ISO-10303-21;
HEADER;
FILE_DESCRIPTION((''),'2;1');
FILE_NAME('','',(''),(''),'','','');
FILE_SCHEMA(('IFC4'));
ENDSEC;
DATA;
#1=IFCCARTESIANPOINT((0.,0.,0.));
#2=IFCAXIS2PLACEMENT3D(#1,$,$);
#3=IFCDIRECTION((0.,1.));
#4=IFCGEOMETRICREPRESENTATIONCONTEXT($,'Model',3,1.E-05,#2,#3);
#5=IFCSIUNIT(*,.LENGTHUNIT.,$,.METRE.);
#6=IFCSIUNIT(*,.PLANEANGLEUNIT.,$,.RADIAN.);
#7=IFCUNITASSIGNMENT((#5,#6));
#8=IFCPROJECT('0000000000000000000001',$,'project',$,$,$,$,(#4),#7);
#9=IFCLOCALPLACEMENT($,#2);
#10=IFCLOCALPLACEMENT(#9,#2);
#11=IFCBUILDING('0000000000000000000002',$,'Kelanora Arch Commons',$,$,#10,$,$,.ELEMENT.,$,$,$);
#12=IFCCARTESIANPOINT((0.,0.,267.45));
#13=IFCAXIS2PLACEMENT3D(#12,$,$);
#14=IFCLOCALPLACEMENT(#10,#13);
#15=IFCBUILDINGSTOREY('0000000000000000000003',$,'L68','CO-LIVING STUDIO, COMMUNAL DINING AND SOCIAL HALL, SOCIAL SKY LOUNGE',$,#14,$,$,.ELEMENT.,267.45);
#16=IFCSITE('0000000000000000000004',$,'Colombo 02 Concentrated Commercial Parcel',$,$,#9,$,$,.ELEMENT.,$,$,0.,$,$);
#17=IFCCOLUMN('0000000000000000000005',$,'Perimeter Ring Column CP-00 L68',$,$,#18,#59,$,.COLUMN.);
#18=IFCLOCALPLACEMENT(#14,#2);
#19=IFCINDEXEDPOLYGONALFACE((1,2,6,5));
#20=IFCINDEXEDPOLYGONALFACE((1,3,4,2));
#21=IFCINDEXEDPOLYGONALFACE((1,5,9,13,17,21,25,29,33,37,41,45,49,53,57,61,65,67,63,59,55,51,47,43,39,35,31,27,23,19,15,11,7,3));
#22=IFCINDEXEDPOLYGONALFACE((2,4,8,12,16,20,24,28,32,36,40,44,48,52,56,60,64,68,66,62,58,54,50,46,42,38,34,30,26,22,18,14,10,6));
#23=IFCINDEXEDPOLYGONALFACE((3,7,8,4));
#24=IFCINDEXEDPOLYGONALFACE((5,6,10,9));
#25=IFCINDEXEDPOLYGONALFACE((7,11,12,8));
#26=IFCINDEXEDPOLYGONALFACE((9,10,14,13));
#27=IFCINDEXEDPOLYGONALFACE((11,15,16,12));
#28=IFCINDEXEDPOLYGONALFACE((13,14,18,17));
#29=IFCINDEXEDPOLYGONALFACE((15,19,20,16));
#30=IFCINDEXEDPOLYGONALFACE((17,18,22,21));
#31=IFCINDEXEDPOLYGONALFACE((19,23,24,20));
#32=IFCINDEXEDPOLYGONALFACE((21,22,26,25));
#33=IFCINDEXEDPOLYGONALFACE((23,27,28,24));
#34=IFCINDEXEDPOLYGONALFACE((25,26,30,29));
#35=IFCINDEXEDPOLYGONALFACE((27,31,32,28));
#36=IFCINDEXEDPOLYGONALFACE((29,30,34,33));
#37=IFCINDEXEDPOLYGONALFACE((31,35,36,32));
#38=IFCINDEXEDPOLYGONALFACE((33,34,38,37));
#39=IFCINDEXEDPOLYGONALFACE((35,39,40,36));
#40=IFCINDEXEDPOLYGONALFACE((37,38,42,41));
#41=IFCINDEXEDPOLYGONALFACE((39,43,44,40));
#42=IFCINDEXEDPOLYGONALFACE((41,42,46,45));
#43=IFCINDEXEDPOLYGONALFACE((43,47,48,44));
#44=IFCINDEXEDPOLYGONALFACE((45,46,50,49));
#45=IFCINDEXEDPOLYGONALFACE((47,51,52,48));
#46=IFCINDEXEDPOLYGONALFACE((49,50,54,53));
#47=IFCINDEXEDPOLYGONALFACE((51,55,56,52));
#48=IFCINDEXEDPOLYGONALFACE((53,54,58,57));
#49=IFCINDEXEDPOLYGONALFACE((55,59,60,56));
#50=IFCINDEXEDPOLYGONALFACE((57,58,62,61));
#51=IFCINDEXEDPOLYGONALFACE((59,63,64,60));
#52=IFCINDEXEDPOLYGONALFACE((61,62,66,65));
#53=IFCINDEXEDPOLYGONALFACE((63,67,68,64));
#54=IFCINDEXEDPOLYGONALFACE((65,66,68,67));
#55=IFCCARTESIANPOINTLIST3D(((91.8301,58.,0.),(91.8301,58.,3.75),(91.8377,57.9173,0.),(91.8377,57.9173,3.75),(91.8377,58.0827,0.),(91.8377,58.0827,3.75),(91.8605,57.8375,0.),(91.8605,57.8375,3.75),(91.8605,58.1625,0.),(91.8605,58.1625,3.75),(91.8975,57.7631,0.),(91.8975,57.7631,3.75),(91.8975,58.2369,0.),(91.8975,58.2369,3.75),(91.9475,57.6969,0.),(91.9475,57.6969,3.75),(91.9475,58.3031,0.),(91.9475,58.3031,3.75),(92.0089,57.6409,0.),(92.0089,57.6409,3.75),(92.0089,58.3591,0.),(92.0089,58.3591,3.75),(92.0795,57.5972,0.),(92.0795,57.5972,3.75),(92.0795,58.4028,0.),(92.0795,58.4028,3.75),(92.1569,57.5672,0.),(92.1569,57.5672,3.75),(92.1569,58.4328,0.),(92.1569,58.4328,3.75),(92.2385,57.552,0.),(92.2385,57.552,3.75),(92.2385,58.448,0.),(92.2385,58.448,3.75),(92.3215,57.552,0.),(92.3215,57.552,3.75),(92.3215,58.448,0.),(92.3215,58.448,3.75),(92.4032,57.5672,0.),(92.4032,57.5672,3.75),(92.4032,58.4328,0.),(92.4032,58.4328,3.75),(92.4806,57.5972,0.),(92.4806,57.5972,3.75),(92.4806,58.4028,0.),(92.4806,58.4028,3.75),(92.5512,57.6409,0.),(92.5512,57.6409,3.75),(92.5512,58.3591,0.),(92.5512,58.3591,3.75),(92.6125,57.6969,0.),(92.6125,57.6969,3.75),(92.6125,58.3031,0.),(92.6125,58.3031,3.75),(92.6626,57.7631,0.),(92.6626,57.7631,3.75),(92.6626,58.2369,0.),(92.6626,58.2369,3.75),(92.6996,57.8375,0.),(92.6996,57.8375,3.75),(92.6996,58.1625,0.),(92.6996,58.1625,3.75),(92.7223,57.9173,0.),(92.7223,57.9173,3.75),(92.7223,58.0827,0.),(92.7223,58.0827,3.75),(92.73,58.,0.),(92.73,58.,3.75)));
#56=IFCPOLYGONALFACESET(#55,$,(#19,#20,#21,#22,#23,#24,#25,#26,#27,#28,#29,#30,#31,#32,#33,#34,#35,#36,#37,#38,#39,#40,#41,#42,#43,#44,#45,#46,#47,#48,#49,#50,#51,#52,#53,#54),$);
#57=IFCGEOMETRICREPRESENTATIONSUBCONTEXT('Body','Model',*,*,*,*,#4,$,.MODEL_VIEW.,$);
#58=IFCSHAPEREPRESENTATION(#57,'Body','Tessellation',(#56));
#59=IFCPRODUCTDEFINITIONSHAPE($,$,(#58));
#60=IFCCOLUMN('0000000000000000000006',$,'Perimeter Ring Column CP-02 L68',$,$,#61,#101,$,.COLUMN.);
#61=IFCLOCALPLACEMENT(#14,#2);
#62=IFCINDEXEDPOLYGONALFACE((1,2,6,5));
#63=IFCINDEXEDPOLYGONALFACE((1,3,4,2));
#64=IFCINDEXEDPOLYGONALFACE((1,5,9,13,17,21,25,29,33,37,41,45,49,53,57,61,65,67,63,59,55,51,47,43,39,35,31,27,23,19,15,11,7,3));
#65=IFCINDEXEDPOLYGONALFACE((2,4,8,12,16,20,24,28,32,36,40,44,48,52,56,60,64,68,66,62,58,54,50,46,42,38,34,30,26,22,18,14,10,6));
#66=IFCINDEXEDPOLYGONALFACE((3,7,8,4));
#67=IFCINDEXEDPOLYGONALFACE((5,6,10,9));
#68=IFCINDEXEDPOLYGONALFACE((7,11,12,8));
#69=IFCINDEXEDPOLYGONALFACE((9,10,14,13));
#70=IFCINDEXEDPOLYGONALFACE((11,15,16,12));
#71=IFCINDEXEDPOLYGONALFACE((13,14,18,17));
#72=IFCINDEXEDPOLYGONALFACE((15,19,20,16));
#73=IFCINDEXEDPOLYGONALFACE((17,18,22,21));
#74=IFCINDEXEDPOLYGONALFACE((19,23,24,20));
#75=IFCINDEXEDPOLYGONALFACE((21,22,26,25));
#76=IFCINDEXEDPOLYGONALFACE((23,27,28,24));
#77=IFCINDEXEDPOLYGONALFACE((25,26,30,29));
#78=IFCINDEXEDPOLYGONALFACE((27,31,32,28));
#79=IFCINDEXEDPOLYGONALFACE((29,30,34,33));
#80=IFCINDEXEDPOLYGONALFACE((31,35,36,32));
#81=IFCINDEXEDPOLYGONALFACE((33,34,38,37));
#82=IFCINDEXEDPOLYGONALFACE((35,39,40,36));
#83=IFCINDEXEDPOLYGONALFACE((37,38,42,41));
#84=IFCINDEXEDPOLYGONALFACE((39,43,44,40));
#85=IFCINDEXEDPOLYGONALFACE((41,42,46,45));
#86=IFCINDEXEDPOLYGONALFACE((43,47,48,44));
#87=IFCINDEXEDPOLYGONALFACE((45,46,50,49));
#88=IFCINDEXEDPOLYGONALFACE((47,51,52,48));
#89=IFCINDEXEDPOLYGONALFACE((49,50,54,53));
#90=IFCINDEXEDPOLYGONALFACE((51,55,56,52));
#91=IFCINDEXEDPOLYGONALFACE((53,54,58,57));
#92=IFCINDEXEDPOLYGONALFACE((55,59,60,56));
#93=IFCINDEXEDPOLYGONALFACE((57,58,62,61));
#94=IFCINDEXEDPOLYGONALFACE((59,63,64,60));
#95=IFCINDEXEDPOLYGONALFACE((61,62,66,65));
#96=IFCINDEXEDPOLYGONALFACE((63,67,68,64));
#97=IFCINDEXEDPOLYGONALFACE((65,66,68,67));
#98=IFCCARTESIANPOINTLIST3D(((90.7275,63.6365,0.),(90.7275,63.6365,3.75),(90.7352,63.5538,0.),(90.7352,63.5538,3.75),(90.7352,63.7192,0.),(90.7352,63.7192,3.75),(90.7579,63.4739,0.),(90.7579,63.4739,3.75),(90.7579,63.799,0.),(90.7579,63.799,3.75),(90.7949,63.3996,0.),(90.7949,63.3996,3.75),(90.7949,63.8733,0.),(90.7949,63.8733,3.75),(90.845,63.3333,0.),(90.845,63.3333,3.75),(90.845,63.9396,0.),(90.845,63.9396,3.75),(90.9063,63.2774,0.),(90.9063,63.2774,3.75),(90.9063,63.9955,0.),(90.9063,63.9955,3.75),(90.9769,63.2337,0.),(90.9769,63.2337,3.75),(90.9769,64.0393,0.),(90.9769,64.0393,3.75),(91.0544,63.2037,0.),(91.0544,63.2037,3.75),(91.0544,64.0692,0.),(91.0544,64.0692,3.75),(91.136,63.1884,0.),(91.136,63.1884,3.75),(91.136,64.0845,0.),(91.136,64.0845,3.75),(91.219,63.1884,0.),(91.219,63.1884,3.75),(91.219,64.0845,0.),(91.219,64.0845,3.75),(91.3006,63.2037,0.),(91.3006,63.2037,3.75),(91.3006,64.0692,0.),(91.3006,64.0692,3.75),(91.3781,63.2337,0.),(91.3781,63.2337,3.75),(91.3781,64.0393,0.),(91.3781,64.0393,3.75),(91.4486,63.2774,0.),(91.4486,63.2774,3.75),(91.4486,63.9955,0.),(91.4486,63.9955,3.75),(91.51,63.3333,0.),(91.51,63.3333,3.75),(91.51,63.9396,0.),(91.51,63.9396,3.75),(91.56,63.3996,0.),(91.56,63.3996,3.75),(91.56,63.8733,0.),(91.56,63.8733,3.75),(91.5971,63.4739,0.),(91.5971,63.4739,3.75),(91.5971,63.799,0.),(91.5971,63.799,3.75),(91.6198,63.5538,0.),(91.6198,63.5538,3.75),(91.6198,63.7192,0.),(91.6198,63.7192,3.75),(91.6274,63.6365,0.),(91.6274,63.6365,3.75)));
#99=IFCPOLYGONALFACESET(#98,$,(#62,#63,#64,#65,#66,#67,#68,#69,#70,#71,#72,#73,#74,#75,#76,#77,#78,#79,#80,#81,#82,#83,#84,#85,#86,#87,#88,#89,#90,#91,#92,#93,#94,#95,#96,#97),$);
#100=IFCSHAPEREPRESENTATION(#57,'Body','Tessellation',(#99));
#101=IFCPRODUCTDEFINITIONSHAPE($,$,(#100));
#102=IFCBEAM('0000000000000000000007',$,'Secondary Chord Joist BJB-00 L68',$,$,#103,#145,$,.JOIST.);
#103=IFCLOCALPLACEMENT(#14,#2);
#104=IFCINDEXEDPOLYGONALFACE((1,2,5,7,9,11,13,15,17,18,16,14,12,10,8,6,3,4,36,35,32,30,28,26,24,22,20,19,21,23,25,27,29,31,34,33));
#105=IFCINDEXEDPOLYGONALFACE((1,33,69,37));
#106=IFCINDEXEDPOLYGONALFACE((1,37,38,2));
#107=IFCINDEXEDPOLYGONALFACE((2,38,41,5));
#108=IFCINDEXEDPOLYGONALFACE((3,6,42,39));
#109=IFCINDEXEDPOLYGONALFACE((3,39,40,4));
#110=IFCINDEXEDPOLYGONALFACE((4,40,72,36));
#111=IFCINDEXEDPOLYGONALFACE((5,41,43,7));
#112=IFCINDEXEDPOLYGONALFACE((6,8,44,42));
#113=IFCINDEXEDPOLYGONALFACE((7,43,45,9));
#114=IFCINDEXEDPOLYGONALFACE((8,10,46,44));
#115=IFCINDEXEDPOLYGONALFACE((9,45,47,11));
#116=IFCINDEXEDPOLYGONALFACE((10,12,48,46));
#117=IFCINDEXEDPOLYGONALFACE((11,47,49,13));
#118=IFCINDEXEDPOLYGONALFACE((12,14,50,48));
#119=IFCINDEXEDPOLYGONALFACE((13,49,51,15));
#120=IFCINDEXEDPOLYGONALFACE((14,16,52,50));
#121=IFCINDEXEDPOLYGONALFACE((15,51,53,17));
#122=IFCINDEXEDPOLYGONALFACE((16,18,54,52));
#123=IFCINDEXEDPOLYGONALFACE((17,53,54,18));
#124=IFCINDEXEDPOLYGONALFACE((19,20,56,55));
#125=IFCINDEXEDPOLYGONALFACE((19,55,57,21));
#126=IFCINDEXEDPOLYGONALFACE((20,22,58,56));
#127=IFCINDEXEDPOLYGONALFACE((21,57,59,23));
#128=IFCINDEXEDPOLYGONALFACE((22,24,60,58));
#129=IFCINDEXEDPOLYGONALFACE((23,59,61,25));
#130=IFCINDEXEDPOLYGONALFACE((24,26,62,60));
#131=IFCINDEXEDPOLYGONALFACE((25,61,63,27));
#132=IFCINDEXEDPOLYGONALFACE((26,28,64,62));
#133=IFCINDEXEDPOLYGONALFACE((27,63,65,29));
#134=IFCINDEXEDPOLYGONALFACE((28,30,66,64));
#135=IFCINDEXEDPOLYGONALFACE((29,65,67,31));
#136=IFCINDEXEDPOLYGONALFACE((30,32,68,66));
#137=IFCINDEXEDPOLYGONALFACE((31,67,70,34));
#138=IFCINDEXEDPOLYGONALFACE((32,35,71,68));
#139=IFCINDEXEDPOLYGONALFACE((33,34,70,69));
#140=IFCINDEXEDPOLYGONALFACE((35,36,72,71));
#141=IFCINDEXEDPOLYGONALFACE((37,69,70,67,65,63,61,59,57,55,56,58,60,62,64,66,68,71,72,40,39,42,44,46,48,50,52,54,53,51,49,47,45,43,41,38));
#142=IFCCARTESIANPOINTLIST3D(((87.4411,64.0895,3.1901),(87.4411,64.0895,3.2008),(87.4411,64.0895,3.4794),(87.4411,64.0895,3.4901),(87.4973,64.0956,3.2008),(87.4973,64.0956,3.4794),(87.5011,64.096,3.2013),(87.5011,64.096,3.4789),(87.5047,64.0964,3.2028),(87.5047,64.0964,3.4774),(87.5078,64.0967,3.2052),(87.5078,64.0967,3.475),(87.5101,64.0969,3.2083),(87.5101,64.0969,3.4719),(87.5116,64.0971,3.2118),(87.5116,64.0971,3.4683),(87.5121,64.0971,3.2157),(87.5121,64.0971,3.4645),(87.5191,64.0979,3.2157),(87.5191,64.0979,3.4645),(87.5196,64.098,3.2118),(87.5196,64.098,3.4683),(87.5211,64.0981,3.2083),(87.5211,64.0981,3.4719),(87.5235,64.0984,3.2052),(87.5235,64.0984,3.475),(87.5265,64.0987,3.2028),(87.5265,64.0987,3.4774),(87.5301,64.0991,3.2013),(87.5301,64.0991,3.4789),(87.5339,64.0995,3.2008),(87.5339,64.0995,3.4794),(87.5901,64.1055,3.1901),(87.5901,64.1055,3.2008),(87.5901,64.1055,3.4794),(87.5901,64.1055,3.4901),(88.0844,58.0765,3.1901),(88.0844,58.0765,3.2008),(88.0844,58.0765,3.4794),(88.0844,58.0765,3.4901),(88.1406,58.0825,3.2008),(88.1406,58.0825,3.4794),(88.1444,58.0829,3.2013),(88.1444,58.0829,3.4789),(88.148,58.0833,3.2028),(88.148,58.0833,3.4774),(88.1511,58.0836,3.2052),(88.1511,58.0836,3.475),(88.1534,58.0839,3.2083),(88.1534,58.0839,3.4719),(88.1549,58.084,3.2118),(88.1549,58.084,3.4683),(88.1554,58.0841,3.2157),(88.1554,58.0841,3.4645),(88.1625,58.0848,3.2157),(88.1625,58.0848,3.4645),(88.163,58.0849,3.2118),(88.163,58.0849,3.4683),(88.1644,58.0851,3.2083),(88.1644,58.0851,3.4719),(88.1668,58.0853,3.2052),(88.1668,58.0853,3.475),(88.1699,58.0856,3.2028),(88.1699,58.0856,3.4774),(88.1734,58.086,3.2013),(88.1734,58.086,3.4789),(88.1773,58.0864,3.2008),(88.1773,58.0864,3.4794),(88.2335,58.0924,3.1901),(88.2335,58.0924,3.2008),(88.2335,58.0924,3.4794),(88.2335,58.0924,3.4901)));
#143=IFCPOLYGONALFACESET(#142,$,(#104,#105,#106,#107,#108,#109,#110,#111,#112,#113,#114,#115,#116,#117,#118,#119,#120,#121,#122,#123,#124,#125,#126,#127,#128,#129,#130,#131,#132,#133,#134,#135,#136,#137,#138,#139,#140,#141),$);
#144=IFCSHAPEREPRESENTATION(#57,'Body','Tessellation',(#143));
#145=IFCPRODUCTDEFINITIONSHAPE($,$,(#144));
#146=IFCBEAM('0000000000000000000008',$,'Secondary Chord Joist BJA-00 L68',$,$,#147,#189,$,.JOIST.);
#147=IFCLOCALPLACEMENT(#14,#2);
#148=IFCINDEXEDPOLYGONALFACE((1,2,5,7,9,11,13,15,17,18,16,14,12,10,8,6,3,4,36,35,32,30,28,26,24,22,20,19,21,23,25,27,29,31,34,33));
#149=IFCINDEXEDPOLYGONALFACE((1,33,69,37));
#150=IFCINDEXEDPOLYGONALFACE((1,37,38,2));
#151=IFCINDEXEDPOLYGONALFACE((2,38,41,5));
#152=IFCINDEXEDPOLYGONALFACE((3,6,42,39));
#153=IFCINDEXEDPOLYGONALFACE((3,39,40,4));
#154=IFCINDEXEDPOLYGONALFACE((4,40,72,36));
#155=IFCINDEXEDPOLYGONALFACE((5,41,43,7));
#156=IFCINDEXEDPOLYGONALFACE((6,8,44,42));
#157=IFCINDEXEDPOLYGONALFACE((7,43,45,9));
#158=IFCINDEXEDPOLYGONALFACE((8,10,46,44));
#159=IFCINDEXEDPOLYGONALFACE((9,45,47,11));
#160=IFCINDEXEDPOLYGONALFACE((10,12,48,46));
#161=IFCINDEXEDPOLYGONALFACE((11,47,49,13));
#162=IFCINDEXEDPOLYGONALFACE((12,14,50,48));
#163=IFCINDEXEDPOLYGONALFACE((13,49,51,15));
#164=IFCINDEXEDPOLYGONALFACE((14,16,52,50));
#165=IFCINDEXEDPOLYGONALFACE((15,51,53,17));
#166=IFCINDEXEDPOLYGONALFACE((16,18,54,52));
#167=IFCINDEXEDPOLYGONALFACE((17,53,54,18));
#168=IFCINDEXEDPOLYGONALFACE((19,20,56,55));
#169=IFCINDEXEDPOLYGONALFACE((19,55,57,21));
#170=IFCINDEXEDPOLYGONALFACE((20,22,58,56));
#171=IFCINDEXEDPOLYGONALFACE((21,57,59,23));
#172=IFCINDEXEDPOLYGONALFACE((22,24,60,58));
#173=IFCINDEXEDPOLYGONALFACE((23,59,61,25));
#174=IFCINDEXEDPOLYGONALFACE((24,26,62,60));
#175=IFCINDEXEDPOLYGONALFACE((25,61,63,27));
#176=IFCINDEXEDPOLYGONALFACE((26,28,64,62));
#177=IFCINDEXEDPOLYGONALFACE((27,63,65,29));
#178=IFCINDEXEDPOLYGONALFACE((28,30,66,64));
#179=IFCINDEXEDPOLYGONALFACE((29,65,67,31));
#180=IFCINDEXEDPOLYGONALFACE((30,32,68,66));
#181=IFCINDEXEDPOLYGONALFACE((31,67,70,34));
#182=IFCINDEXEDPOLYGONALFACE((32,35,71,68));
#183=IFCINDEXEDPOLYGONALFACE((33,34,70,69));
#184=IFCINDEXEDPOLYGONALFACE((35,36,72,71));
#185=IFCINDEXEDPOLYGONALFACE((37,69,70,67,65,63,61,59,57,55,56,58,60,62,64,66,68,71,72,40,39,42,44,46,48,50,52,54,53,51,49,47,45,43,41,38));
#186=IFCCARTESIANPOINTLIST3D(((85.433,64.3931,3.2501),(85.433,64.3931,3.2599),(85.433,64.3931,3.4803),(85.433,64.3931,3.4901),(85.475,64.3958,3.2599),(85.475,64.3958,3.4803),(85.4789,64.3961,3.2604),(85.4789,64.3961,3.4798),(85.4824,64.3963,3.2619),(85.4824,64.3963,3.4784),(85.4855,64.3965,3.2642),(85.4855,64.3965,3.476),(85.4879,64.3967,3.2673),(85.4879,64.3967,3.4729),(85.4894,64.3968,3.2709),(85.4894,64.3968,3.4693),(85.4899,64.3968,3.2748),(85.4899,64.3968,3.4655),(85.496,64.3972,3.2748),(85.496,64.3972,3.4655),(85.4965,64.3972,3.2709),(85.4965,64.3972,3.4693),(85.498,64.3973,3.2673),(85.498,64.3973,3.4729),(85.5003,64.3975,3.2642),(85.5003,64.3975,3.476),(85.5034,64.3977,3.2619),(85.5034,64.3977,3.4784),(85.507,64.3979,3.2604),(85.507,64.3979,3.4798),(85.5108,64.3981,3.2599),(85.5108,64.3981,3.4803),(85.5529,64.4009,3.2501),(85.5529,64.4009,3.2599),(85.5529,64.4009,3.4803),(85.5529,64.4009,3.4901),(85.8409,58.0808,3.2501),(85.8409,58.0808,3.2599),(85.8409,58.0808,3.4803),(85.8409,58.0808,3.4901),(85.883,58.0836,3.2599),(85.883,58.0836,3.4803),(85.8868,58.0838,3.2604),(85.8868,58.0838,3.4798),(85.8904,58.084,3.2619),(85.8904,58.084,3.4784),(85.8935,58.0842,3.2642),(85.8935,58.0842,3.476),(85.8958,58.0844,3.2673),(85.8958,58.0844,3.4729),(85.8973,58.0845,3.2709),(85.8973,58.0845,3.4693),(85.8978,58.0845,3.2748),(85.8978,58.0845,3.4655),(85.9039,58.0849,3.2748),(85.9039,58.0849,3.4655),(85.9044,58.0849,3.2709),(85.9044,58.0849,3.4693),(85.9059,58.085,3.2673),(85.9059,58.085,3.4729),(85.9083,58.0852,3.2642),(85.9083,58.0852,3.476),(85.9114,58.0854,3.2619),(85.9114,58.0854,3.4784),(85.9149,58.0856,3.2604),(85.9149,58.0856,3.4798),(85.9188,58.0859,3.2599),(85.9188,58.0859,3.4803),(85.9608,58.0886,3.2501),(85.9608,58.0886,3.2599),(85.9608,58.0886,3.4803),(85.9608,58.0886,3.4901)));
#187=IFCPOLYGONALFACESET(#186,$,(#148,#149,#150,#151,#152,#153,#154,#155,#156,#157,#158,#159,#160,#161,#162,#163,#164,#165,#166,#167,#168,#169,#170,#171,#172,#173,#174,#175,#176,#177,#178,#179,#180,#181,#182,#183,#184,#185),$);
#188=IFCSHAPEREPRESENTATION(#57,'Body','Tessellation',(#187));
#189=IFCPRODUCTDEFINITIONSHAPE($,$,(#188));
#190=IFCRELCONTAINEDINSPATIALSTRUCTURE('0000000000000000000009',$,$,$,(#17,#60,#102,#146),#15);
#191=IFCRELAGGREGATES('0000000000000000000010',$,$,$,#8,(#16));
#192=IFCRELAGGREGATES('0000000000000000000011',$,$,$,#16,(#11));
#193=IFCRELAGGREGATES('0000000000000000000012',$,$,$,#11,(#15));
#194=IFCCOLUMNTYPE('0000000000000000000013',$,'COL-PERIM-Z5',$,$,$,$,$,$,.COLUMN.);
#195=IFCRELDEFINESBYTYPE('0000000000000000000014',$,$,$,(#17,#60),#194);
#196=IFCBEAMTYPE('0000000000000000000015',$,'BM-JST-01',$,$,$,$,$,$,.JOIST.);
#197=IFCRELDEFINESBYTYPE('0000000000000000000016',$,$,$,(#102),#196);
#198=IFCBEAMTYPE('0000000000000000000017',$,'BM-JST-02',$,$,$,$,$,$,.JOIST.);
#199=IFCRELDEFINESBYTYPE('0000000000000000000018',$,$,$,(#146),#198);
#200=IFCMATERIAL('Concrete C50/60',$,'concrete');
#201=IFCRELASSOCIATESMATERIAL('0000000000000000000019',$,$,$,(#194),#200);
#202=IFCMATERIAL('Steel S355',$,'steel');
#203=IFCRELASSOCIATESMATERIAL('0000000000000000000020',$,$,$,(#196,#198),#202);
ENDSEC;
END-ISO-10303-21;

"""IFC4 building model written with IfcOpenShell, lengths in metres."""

from ifc_helpers import new_model, si_unit, direction, frame, origin, origin_2d, place, context, subcontext, project, spatial, circle, i_section, extrude, material, material_profile, profile_set, type_object, element, save


model = new_model("IFC4")

# Units and contexts
model_context = context("Model", 3, precision=1e-05, world=origin(), true_north=direction((0.0, 1.0)))
body_context = subcontext(model_context, "Body", "Model", "MODEL_VIEW")
ifc_project = project(units=[si_unit("LENGTHUNIT", "METRE"), si_unit("PLANEANGLEUNIT", "RADIAN")], contexts=[model_context])

# Site, building, storey
site_placement = place(None, origin())
site = spatial("IfcSite", under=ifc_project, at=site_placement, Name="Colombo 02 Concentrated Commercial Parcel", CompositionType="ELEMENT", RefElevation=0.0)
building_placement = place(site_placement, origin())
building = spatial("IfcBuilding", under=site, at=building_placement, Name="Kelanora Arch Commons", CompositionType="ELEMENT")
storey_placement = place(building_placement, frame((0.0, 0.0, 267.45)))
storey = spatial("IfcBuildingStorey", under=building, at=storey_placement, Name="L68", Description="CO-LIVING STUDIO, COMMUNAL DINING AND SOCIAL HALL, SOCIAL SKY LOUNGE", CompositionType="ELEMENT", Elevation=267.45)

# Columns
ifc_material_1 = material(Name="Concrete C50/60", Category="concrete")
ifc_material_profile_1 = material_profile(ifc_material_1, circle(Radius=0.45, at=origin_2d()), Name="RCC900")
ifc_profile_set_1 = profile_set([ifc_material_profile_1], Name="Concrete C50/60")
column_type = type_object("IfcColumnType", Name="COL-PERIM-Z5", PredefinedType="COLUMN", material=ifc_profile_set_1)
for number, where, z_axis, x_axis, name in (
    (1, (92.28, 58.0, 0.0), (0.0, 0.0, 1.0), (1.0, 0.0, 0.0), "Perimeter Ring Column CP-00 L68"),
    (2, (91.1775, 63.6365, 0.0), (0.0, 0.0, 1.0), (1.0, 0.0, 0.0), "Perimeter Ring Column CP-02 L68"),
):
    element("IfcColumn", number, at=place(storey_placement, frame(where, z_axis=z_axis, x_axis=x_axis)), inside=storey, type_object=column_type, Name=name, PredefinedType="COLUMN", context=body_context, shape_type="SweptSolid", body=[
        extrude(circle(Radius=0.45, at=origin_2d()), origin(), (0.0, 0.0, 1.0), 3.75),
    ])

# Beams
ifc_material_2 = material(Name="Steel S355", Category="steel")
ifc_material_profile_2 = material_profile(ifc_material_2, i_section(OverallWidth=0.1499, OverallDepth=0.3, WebThickness=0.0071, FlangeThickness=0.0107, FilletRadius=0.0149, at=origin_2d()), Name="IPE300")
ifc_profile_set_2 = profile_set([ifc_material_profile_2], Name="Steel S355")
beam_type_1 = type_object("IfcBeamType", Name="BM-JST-01", PredefinedType="JOIST", material=ifc_profile_set_2)
beam_1_placement = place(storey_placement, frame((88.1589, 58.0845, 3.3401), z_axis=(-0.106381, 0.994325, 0.0), x_axis=(-0.994325, -0.106381, 0.0)))
element("IfcBeam", 3, at=beam_1_placement, inside=storey, type_object=beam_type_1, Name="Secondary Chord Joist BJB-00 L68", PredefinedType="JOIST", context=body_context, shape_type="SweptSolid", body=[
    extrude(i_section(OverallWidth=0.1499, OverallDepth=0.3, WebThickness=0.0071, FlangeThickness=0.0107, FilletRadius=0.0149, at=origin_2d()), origin(), (0.0, 0.0, 1.0), 6.0474),
])
ifc_material_profile_3 = material_profile(ifc_material_2, i_section(OverallWidth=0.1201, OverallDepth=0.24, WebThickness=0.0061, FlangeThickness=0.0098, FilletRadius=0.0149, at=origin_2d()), Name="IPE240")
ifc_profile_set_3 = profile_set([ifc_material_profile_3], Name="Steel S355")
beam_type_2 = type_object("IfcBeamType", Name="BM-JST-02", PredefinedType="JOIST", material=ifc_profile_set_3)
beam_2_placement = place(storey_placement, frame((85.9009, 58.0847, 3.3701), z_axis=(-0.064495, 0.997918, 0.0), x_axis=(-0.997918, -0.064495, 0.0)))
element("IfcBeam", 4, at=beam_2_placement, inside=storey, type_object=beam_type_2, Name="Secondary Chord Joist BJA-00 L68", PredefinedType="JOIST", context=body_context, shape_type="SweptSolid", body=[
    extrude(i_section(OverallWidth=0.1201, OverallDepth=0.24, WebThickness=0.0061, FlangeThickness=0.0098, FilletRadius=0.0149, at=origin_2d()), origin(), (0.0, 0.0, 1.0), 6.3254),
])

save(model, "model.ifc")
